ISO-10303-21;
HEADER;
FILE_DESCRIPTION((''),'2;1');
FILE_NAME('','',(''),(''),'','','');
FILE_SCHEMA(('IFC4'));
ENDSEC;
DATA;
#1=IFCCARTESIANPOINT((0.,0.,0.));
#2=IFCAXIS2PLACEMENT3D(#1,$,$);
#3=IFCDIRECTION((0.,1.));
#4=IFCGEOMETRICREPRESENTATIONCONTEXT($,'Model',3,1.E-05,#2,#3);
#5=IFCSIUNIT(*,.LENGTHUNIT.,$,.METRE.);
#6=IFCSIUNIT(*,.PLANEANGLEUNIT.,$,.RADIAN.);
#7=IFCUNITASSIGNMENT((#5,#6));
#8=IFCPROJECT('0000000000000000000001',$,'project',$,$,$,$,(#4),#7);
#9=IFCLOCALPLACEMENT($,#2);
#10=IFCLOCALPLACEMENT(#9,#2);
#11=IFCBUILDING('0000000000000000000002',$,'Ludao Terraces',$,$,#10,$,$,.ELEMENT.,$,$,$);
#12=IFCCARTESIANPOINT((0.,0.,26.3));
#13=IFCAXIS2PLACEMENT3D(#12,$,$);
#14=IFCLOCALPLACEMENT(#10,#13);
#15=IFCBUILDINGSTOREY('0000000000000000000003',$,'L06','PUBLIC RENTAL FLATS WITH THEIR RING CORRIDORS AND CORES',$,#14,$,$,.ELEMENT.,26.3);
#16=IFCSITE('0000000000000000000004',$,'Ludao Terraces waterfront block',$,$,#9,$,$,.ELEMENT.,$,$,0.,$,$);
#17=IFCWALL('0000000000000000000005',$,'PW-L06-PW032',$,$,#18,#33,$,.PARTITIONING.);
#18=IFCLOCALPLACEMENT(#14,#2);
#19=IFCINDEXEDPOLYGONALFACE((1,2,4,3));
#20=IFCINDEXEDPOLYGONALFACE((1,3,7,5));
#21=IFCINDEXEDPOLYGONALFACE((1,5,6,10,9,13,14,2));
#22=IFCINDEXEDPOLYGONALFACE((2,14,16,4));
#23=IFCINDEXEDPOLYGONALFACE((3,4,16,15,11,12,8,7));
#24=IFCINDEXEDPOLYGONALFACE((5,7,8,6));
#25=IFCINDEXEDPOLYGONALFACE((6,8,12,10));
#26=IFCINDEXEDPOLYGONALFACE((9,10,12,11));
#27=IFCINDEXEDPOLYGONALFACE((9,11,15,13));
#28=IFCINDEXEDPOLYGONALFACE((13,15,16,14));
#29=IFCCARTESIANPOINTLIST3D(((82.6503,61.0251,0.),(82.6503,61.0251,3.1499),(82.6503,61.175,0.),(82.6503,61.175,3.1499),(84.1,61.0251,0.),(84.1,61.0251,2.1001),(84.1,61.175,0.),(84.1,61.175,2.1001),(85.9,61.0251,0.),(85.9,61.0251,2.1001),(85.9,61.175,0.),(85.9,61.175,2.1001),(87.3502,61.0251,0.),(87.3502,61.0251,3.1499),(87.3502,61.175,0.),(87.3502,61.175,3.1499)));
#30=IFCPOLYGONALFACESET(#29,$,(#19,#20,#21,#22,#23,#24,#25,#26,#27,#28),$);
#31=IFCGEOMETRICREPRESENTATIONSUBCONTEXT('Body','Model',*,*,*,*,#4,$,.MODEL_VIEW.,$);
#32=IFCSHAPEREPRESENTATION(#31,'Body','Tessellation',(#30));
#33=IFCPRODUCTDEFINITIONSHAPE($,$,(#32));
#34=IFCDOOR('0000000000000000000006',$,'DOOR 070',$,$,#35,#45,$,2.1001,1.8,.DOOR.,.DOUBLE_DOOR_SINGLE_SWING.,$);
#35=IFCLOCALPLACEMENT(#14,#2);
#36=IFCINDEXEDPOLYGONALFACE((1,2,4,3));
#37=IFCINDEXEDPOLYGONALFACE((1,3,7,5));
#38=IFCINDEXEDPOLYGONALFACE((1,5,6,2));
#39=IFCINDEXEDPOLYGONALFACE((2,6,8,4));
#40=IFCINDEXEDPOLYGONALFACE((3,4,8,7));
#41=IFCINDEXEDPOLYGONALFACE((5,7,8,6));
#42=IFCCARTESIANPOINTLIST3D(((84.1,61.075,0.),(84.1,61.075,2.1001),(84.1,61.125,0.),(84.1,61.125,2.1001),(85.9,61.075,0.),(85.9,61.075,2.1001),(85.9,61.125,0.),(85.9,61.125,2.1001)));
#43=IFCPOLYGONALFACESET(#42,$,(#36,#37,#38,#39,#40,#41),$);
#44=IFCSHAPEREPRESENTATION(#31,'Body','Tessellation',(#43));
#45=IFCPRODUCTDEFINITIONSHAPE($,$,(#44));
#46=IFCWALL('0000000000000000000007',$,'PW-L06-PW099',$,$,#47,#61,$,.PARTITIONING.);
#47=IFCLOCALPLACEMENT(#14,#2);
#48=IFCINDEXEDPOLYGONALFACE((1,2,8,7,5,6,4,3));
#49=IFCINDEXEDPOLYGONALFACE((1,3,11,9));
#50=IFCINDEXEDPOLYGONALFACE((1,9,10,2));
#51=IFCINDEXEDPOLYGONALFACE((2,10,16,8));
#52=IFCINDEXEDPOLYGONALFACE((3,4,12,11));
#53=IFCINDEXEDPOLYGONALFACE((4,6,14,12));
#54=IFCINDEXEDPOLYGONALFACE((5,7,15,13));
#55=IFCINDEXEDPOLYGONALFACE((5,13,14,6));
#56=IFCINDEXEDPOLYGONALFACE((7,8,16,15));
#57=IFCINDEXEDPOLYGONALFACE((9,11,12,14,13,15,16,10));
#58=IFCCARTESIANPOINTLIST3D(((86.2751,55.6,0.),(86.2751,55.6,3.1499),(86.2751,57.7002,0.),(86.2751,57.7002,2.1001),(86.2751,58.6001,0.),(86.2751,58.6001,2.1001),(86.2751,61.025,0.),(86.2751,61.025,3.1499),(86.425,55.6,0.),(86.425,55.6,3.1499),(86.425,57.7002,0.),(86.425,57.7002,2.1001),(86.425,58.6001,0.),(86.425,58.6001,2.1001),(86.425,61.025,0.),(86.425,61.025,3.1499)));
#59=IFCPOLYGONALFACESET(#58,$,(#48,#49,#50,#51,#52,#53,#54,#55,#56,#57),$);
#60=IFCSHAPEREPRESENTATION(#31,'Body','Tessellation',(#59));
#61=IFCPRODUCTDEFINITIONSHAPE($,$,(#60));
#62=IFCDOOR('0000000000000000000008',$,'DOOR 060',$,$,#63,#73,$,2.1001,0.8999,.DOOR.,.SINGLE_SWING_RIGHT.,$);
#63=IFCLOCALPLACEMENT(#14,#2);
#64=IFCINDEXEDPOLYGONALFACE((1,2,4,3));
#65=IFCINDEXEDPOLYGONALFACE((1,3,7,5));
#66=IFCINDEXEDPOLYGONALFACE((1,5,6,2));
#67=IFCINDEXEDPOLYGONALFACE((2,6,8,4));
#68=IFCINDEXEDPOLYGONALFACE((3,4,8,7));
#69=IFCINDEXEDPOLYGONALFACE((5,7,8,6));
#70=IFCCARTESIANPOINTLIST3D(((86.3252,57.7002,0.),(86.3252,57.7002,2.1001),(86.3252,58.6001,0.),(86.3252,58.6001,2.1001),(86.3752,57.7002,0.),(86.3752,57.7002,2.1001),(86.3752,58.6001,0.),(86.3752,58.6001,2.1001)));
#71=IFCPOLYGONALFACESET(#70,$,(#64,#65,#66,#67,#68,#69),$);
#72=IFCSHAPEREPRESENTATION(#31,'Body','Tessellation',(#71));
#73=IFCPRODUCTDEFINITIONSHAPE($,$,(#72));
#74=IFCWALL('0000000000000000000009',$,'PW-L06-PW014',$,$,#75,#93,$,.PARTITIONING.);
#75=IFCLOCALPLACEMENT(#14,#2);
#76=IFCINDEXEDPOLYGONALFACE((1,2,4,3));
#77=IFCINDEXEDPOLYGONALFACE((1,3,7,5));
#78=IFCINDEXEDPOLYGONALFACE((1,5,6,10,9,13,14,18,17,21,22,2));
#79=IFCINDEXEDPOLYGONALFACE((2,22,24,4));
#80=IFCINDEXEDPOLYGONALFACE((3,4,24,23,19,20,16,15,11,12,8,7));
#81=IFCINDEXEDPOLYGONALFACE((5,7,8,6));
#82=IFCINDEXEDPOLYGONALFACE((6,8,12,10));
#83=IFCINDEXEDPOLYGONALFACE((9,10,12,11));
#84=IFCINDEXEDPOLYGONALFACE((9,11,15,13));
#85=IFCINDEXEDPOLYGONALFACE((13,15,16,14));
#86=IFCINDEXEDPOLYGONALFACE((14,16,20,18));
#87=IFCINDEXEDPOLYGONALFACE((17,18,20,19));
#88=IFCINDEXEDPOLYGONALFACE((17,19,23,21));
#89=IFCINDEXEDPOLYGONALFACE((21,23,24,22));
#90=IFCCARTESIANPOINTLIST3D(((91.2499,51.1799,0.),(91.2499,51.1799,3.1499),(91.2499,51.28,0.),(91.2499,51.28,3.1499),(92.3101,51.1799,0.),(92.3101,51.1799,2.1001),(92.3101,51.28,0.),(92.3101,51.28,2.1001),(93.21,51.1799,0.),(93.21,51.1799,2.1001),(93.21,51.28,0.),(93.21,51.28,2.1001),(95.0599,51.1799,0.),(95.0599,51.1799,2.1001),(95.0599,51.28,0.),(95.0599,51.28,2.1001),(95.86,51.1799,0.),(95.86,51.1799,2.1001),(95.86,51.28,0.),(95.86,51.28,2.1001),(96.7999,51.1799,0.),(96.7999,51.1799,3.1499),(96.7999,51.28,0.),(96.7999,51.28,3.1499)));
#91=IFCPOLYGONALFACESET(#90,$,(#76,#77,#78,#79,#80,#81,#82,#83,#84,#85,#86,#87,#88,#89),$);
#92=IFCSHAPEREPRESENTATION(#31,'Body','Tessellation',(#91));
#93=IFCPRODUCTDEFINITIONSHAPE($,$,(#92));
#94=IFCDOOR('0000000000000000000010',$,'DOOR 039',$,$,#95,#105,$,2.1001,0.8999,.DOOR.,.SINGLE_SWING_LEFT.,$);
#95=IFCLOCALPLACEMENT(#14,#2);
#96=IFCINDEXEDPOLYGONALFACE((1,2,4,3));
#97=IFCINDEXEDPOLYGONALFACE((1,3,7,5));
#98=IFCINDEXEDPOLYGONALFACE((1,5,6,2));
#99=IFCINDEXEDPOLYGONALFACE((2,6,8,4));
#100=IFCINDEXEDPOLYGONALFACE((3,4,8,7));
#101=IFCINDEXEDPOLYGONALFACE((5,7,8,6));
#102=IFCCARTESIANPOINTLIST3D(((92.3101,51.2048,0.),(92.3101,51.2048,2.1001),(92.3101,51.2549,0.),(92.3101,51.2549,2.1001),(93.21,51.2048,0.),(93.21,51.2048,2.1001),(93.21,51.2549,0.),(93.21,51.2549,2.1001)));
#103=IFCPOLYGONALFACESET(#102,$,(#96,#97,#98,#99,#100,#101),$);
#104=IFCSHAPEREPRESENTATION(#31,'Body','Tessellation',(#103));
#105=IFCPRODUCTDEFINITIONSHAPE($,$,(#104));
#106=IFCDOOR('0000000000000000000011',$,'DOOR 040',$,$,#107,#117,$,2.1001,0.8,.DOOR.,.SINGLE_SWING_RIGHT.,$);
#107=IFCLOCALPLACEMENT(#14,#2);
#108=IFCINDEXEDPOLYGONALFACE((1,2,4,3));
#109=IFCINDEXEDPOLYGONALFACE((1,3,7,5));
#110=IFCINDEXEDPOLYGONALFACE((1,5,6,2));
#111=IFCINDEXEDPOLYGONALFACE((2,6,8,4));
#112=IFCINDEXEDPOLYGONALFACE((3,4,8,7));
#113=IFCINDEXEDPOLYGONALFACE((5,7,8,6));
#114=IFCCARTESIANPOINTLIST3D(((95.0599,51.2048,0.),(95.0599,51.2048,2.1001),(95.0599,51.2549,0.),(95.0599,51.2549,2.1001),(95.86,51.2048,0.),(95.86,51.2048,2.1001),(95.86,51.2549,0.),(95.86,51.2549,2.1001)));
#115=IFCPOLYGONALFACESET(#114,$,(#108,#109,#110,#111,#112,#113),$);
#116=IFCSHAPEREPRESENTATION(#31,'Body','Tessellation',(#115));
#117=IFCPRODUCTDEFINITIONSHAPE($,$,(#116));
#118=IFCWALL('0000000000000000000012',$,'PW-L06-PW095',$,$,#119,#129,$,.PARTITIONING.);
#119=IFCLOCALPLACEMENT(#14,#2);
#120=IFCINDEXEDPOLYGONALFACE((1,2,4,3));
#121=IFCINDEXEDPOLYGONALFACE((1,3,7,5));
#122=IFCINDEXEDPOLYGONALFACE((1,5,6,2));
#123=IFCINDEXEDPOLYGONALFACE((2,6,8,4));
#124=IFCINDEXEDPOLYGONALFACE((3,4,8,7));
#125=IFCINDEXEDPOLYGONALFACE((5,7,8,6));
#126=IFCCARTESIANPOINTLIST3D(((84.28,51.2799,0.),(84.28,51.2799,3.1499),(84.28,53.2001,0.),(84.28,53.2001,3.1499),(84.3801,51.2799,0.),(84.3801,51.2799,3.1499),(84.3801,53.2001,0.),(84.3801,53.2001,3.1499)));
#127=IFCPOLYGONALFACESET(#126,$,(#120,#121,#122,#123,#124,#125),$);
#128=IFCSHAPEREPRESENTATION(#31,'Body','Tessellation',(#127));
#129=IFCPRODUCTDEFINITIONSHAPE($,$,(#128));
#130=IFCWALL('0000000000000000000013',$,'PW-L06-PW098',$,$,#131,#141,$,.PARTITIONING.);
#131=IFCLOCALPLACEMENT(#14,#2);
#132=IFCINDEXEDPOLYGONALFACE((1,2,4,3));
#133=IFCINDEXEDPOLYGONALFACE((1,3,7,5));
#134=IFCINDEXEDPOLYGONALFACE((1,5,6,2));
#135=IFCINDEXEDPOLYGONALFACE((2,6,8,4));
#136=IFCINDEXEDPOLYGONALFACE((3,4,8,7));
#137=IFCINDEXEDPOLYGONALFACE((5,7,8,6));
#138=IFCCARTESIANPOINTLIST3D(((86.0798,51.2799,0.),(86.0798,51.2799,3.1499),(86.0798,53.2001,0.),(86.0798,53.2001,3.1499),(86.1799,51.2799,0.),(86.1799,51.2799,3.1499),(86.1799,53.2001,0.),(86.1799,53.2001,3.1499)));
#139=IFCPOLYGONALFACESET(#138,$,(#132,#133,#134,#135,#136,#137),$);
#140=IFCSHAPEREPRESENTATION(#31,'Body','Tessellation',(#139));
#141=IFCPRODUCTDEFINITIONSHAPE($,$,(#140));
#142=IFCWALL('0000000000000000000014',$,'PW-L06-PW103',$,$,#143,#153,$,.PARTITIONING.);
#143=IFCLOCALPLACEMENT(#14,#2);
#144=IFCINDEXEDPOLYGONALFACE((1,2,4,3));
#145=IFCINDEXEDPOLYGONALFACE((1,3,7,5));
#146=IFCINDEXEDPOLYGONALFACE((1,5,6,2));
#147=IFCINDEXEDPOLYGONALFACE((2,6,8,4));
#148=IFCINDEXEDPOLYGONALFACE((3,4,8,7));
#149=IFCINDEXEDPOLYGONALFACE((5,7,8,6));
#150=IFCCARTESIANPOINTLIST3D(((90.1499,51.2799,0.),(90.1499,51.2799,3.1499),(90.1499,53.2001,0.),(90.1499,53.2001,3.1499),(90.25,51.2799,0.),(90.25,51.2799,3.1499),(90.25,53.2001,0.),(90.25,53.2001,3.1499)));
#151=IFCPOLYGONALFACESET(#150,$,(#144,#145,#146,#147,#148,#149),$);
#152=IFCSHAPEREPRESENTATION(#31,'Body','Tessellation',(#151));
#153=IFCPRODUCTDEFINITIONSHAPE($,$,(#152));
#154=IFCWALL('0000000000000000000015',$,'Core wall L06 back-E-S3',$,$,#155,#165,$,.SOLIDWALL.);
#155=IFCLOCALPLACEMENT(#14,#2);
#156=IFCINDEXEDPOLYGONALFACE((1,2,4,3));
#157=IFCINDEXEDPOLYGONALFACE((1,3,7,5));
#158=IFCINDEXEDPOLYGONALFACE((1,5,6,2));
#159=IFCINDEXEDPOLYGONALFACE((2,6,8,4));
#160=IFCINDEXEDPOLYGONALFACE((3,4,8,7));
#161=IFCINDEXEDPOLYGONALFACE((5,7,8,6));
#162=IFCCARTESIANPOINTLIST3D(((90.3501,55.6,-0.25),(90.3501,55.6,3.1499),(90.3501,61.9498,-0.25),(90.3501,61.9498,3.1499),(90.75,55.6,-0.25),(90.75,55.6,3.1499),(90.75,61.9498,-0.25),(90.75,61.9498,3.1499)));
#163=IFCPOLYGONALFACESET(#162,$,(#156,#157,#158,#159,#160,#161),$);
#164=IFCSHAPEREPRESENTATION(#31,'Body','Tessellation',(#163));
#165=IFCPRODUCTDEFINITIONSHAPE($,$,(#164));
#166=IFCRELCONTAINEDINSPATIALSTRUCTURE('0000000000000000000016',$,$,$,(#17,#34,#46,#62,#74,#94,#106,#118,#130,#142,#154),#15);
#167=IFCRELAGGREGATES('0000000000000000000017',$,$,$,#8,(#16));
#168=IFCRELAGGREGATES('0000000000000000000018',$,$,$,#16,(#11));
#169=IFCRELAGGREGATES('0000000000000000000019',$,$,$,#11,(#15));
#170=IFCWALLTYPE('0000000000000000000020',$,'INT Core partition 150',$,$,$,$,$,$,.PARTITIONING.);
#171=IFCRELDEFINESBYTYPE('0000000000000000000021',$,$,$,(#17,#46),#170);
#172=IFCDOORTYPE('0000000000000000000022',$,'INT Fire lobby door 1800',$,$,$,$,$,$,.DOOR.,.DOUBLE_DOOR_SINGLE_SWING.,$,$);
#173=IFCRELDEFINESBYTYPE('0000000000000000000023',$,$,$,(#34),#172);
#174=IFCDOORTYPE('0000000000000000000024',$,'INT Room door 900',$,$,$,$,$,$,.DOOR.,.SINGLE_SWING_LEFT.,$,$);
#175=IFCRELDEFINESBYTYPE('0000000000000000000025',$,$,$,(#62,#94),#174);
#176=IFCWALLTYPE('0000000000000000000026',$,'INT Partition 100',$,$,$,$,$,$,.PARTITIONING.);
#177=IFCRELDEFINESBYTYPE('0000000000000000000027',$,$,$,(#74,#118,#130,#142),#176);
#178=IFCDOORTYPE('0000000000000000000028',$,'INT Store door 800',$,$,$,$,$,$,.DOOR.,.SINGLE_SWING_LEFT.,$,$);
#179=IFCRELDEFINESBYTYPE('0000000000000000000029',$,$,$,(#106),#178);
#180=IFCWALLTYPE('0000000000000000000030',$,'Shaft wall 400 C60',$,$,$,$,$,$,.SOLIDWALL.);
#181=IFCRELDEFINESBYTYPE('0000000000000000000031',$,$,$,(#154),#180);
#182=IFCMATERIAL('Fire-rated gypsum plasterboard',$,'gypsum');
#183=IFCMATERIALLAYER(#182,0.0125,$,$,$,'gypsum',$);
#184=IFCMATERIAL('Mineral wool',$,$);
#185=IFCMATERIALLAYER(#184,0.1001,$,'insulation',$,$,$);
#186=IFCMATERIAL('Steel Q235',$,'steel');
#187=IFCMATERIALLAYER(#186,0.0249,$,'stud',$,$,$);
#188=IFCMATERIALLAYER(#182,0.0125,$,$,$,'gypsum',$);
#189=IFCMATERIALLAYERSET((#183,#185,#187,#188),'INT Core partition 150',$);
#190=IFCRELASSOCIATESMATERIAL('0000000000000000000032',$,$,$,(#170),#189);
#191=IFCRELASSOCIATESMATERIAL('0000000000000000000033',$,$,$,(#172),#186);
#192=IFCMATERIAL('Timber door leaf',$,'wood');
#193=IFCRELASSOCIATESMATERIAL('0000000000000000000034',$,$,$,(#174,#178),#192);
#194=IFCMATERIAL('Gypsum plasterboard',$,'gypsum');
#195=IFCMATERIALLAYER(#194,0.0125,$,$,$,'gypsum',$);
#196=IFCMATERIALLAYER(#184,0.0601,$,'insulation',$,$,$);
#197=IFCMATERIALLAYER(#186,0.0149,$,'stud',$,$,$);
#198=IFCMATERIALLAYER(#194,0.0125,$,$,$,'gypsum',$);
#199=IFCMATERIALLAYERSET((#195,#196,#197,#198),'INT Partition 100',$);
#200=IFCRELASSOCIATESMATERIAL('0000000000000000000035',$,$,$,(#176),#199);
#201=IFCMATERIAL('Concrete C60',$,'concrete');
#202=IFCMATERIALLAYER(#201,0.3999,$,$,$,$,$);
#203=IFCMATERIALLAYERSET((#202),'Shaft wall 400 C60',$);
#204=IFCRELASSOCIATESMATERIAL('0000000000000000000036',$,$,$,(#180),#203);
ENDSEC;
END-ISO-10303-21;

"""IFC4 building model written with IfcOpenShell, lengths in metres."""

from ifc_helpers import new_model, si_unit, direction, frame, frame_2d, origin, place, context, subcontext, project, spatial, rectangle, extrude, material, layer, layer_set, type_object, element, fill, save


model = new_model("IFC4")

# Units and contexts
model_context = context("Model", 3, precision=1e-05, world=origin(), true_north=direction((0.0, 1.0)))
body_context = subcontext(model_context, "Body", "Model", "MODEL_VIEW")
ifc_project = project(units=[si_unit("LENGTHUNIT", "METRE"), si_unit("PLANEANGLEUNIT", "RADIAN")], contexts=[model_context])

# Site, building, storey
site_placement = place(None, origin())
site = spatial("IfcSite", under=ifc_project, at=site_placement, Name="Ludao Terraces waterfront block", CompositionType="ELEMENT", RefElevation=0.0)
building_placement = place(site_placement, origin())
building = spatial("IfcBuilding", under=site, at=building_placement, Name="Ludao Terraces", CompositionType="ELEMENT")
storey_placement = place(building_placement, frame((0.0, 0.0, 26.3)))
storey = spatial("IfcBuildingStorey", under=building, at=storey_placement, Name="L06", Description="PUBLIC RENTAL FLATS WITH THEIR RING CORRIDORS AND CORES", CompositionType="ELEMENT", Elevation=26.3)

# Walls, openings, doors
ifc_material_1 = material(Name="Fire-rated gypsum plasterboard", Category="gypsum")
ifc_layer_1 = layer(ifc_material_1, 0.0125, Category="gypsum")
ifc_material_2 = material(Name="Mineral wool")
ifc_layer_2 = layer(ifc_material_2, 0.1001, Name="insulation")
ifc_material_3 = material(Name="Steel Q235", Category="steel")
ifc_layer_3 = layer(ifc_material_3, 0.0249, Name="stud")
ifc_layer_4 = layer(ifc_material_1, 0.0125, Category="gypsum")
ifc_layer_set_1 = layer_set([ifc_layer_1, ifc_layer_2, ifc_layer_3, ifc_layer_4], Name="INT Core partition 150")
wall_type_1 = type_object("IfcWallType", Name="INT Core partition 150", PredefinedType="PARTITIONING", material=ifc_layer_set_1)
wall_1_placement = place(storey_placement, frame((82.6501, 61.1001, 0.0), z_axis=(0.0, 0.0, 1.0), x_axis=(1.0, 0.0, 0.0)))
wall_1 = element("IfcWall", 1, at=wall_1_placement, inside=storey, type_object=wall_type_1, Name="PW-L06-PW032", PredefinedType="PARTITIONING", context=body_context, shape_type="SweptSolid", body=[
    extrude(rectangle(XDim=4.7, YDim=0.1499, at=frame_2d((2.3501, 0.0))), origin(), (0.0, 0.0, 1.0), 3.1499),
])
opening_1_placement = place(wall_1_placement, frame((1.45, 0.0, 0.0)))
opening_1 = element("IfcOpeningElement", 2, at=opening_1_placement, cuts=wall_1, PredefinedType="OPENING", context=body_context, shape_type="SweptSolid", body=[
    extrude(rectangle(XDim=1.8, YDim=2.1001, at=frame_2d((0.8999, 1.05))), frame((0.0, 0.085, 0.0), z_axis=(0.0, -1.0, 0.0), x_axis=(1.0, 0.0, 0.0)), (0.0, 0.0, 1.0), 0.1699),
])
door_type_1 = type_object("IfcDoorType", Name="INT Fire lobby door 1800", OperationType="DOUBLE_DOOR_SINGLE_SWING", PredefinedType="DOOR", material=ifc_material_3)
door_1_placement = place(opening_1_placement, origin())
door_1 = element("IfcDoor", 3, at=door_1_placement, inside=storey, type_object=door_type_1, Name="DOOR 070", OperationType="DOUBLE_DOOR_SINGLE_SWING", OverallHeight=2.1001, OverallWidth=1.8, PredefinedType="DOOR", context=body_context, shape_type="SweptSolid", body=[
    extrude(rectangle(XDim=1.8, YDim=2.1001, at=frame_2d((0.8999, 1.05))), frame((0.0, 0.0249, 0.0), z_axis=(0.0, -1.0, 0.0), x_axis=(1.0, 0.0, 0.0)), (0.0, 0.0, 1.0), 0.05),
])
fill(opening_1, door_1)
wall_2_placement = place(storey_placement, frame((86.3501, 55.6001, 0.0), z_axis=(0.0, 0.0, 1.0), x_axis=(0.0, 1.0, 0.0)))
wall_2 = element("IfcWall", 4, at=wall_2_placement, inside=storey, type_object=wall_type_1, Name="PW-L06-PW099", PredefinedType="PARTITIONING", context=body_context, shape_type="SweptSolid", body=[
    extrude(rectangle(XDim=5.425, YDim=0.1499, at=frame_2d((2.7124, 0.0))), origin(), (0.0, 0.0, 1.0), 3.1499),
])
opening_2_placement = place(wall_2_placement, frame((2.1001, 0.0, 0.0)))
opening_2 = element("IfcOpeningElement", 5, at=opening_2_placement, cuts=wall_2, PredefinedType="OPENING", context=body_context, shape_type="SweptSolid", body=[
    extrude(rectangle(XDim=0.8999, YDim=2.1001, at=frame_2d((0.45, 1.05))), frame((0.0, 0.085, 0.0), z_axis=(0.0, -1.0, 0.0), x_axis=(1.0, 0.0, 0.0)), (0.0, 0.0, 1.0), 0.1699),
])
ifc_material_4 = material(Name="Timber door leaf", Category="wood")
door_type_2 = type_object("IfcDoorType", Name="INT Room door 900", OperationType="SINGLE_SWING_LEFT", PredefinedType="DOOR", material=ifc_material_4)
door_2_placement = place(opening_2_placement, origin())
door_2 = element("IfcDoor", 6, at=door_2_placement, inside=storey, type_object=door_type_2, Name="DOOR 060", OperationType="SINGLE_SWING_RIGHT", OverallHeight=2.1001, OverallWidth=0.8999, PredefinedType="DOOR", context=body_context, shape_type="SweptSolid", body=[
    extrude(rectangle(XDim=0.8999, YDim=2.1001, at=frame_2d((0.45, 1.05))), frame((0.0, 0.0249, 0.0), z_axis=(0.0, -1.0, 0.0), x_axis=(1.0, 0.0, 0.0)), (0.0, 0.0, 1.0), 0.05),
])
fill(opening_2, door_2)

# Wall, openings, doors
ifc_material_5 = material(Name="Gypsum plasterboard", Category="gypsum")
ifc_layer_5 = layer(ifc_material_5, 0.0125, Category="gypsum")
ifc_layer_6 = layer(ifc_material_2, 0.0601, Name="insulation")
ifc_layer_7 = layer(ifc_material_3, 0.0149, Name="stud")
ifc_layer_8 = layer(ifc_material_5, 0.0125, Category="gypsum")
ifc_layer_set_2 = layer_set([ifc_layer_5, ifc_layer_6, ifc_layer_7, ifc_layer_8], Name="INT Partition 100")
wall_type_2 = type_object("IfcWallType", Name="INT Partition 100", PredefinedType="PARTITIONING", material=ifc_layer_set_2)
wall_3_placement = place(storey_placement, frame((91.25, 51.23, 0.0), z_axis=(0.0, 0.0, 1.0), x_axis=(1.0, 0.0, 0.0)))
wall_3 = element("IfcWall", 7, at=wall_3_placement, inside=storey, type_object=wall_type_2, Name="PW-L06-PW014", PredefinedType="PARTITIONING", context=body_context, shape_type="SweptSolid", body=[
    extrude(rectangle(XDim=5.55, YDim=0.1001, at=frame_2d((2.7749, 0.0))), origin(), (0.0, 0.0, 1.0), 3.1499),
])
opening_3_placement = place(wall_3_placement, frame((1.0601, 0.0, 0.0)))
opening_3 = element("IfcOpeningElement", 8, at=opening_3_placement, cuts=wall_3, PredefinedType="OPENING", context=body_context, shape_type="SweptSolid", body=[
    extrude(rectangle(XDim=0.8999, YDim=2.1001, at=frame_2d((0.45, 1.05))), frame((0.0, 0.0601, 0.0), z_axis=(0.0, -1.0, 0.0), x_axis=(1.0, 0.0, 0.0)), (0.0, 0.0, 1.0), 0.1201),
])
opening_4_placement = place(wall_3_placement, frame((3.8101, 0.0, 0.0)))
opening_4 = element("IfcOpeningElement", 9, at=opening_4_placement, cuts=wall_3, PredefinedType="OPENING", context=body_context, shape_type="SweptSolid", body=[
    extrude(rectangle(XDim=0.8, YDim=2.1001, at=frame_2d((0.3999, 1.05))), frame((0.0, 0.0601, 0.0), z_axis=(0.0, -1.0, 0.0), x_axis=(1.0, 0.0, 0.0)), (0.0, 0.0, 1.0), 0.1201),
])
door_3_placement = place(opening_3_placement, origin())
door_3 = element("IfcDoor", 10, at=door_3_placement, inside=storey, type_object=door_type_2, Name="DOOR 039", OperationType="SINGLE_SWING_LEFT", OverallHeight=2.1001, OverallWidth=0.8999, PredefinedType="DOOR", context=body_context, shape_type="SweptSolid", body=[
    extrude(rectangle(XDim=0.8999, YDim=2.1001, at=frame_2d((0.45, 1.05))), frame((0.0, 0.0249, 0.0), z_axis=(0.0, -1.0, 0.0), x_axis=(1.0, 0.0, 0.0)), (0.0, 0.0, 1.0), 0.05),
])
fill(opening_3, door_3)
door_type_3 = type_object("IfcDoorType", Name="INT Store door 800", OperationType="SINGLE_SWING_LEFT", PredefinedType="DOOR", material=ifc_material_4)
door_4_placement = place(opening_4_placement, origin())
door_4 = element("IfcDoor", 11, at=door_4_placement, inside=storey, type_object=door_type_3, Name="DOOR 040", OperationType="SINGLE_SWING_RIGHT", OverallHeight=2.1001, OverallWidth=0.8, PredefinedType="DOOR", context=body_context, shape_type="SweptSolid", body=[
    extrude(rectangle(XDim=0.8, YDim=2.1001, at=frame_2d((0.3999, 1.05))), frame((0.0, 0.0249, 0.0), z_axis=(0.0, -1.0, 0.0), x_axis=(1.0, 0.0, 0.0)), (0.0, 0.0, 1.0), 0.05),
])
fill(opening_4, door_4)

# Walls
for number, where, z_axis, x_axis, name in (
    (12, (84.3301, 51.28, 0.0), (0.0, 0.0, 1.0), (0.0, 1.0, 0.0), "PW-L06-PW095"),
    (13, (86.1299, 51.28, 0.0), (0.0, 0.0, 1.0), (0.0, 1.0, 0.0), "PW-L06-PW098"),
    (14, (90.2, 51.28, 0.0), (0.0, 0.0, 1.0), (0.0, 1.0, 0.0), "PW-L06-PW103"),
):
    element("IfcWall", number, at=place(storey_placement, frame(where, z_axis=z_axis, x_axis=x_axis)), inside=storey, type_object=wall_type_2, Name=name, PredefinedType="PARTITIONING", context=body_context, shape_type="SweptSolid", body=[
        extrude(rectangle(XDim=1.9202, YDim=0.1001, at=frame_2d((0.96, 0.0))), origin(), (0.0, 0.0, 1.0), 3.1499),
    ])
ifc_material_6 = material(Name="Concrete C60", Category="concrete")
ifc_layer_9 = layer(ifc_material_6, 0.3999)
ifc_layer_set_3 = layer_set([ifc_layer_9], Name="Shaft wall 400 C60")
wall_type_3 = type_object("IfcWallType", Name="Shaft wall 400 C60", PredefinedType="SOLIDWALL", material=ifc_layer_set_3)
wall_4_placement = place(storey_placement, frame((90.55, 55.6001, -0.25), z_axis=(0.0, 0.0, 1.0), x_axis=(0.0, 1.0, 0.0)))
element("IfcWall", 15, at=wall_4_placement, inside=storey, type_object=wall_type_3, Name="Core wall L06 back-E-S3", PredefinedType="SOLIDWALL", context=body_context, shape_type="SweptSolid", body=[
    extrude(rectangle(XDim=6.3499, YDim=0.3999, at=frame_2d((3.1748, 0.0))), origin(), (0.0, 0.0, 1.0), 3.3999),
])

save(model, "model.ifc")
